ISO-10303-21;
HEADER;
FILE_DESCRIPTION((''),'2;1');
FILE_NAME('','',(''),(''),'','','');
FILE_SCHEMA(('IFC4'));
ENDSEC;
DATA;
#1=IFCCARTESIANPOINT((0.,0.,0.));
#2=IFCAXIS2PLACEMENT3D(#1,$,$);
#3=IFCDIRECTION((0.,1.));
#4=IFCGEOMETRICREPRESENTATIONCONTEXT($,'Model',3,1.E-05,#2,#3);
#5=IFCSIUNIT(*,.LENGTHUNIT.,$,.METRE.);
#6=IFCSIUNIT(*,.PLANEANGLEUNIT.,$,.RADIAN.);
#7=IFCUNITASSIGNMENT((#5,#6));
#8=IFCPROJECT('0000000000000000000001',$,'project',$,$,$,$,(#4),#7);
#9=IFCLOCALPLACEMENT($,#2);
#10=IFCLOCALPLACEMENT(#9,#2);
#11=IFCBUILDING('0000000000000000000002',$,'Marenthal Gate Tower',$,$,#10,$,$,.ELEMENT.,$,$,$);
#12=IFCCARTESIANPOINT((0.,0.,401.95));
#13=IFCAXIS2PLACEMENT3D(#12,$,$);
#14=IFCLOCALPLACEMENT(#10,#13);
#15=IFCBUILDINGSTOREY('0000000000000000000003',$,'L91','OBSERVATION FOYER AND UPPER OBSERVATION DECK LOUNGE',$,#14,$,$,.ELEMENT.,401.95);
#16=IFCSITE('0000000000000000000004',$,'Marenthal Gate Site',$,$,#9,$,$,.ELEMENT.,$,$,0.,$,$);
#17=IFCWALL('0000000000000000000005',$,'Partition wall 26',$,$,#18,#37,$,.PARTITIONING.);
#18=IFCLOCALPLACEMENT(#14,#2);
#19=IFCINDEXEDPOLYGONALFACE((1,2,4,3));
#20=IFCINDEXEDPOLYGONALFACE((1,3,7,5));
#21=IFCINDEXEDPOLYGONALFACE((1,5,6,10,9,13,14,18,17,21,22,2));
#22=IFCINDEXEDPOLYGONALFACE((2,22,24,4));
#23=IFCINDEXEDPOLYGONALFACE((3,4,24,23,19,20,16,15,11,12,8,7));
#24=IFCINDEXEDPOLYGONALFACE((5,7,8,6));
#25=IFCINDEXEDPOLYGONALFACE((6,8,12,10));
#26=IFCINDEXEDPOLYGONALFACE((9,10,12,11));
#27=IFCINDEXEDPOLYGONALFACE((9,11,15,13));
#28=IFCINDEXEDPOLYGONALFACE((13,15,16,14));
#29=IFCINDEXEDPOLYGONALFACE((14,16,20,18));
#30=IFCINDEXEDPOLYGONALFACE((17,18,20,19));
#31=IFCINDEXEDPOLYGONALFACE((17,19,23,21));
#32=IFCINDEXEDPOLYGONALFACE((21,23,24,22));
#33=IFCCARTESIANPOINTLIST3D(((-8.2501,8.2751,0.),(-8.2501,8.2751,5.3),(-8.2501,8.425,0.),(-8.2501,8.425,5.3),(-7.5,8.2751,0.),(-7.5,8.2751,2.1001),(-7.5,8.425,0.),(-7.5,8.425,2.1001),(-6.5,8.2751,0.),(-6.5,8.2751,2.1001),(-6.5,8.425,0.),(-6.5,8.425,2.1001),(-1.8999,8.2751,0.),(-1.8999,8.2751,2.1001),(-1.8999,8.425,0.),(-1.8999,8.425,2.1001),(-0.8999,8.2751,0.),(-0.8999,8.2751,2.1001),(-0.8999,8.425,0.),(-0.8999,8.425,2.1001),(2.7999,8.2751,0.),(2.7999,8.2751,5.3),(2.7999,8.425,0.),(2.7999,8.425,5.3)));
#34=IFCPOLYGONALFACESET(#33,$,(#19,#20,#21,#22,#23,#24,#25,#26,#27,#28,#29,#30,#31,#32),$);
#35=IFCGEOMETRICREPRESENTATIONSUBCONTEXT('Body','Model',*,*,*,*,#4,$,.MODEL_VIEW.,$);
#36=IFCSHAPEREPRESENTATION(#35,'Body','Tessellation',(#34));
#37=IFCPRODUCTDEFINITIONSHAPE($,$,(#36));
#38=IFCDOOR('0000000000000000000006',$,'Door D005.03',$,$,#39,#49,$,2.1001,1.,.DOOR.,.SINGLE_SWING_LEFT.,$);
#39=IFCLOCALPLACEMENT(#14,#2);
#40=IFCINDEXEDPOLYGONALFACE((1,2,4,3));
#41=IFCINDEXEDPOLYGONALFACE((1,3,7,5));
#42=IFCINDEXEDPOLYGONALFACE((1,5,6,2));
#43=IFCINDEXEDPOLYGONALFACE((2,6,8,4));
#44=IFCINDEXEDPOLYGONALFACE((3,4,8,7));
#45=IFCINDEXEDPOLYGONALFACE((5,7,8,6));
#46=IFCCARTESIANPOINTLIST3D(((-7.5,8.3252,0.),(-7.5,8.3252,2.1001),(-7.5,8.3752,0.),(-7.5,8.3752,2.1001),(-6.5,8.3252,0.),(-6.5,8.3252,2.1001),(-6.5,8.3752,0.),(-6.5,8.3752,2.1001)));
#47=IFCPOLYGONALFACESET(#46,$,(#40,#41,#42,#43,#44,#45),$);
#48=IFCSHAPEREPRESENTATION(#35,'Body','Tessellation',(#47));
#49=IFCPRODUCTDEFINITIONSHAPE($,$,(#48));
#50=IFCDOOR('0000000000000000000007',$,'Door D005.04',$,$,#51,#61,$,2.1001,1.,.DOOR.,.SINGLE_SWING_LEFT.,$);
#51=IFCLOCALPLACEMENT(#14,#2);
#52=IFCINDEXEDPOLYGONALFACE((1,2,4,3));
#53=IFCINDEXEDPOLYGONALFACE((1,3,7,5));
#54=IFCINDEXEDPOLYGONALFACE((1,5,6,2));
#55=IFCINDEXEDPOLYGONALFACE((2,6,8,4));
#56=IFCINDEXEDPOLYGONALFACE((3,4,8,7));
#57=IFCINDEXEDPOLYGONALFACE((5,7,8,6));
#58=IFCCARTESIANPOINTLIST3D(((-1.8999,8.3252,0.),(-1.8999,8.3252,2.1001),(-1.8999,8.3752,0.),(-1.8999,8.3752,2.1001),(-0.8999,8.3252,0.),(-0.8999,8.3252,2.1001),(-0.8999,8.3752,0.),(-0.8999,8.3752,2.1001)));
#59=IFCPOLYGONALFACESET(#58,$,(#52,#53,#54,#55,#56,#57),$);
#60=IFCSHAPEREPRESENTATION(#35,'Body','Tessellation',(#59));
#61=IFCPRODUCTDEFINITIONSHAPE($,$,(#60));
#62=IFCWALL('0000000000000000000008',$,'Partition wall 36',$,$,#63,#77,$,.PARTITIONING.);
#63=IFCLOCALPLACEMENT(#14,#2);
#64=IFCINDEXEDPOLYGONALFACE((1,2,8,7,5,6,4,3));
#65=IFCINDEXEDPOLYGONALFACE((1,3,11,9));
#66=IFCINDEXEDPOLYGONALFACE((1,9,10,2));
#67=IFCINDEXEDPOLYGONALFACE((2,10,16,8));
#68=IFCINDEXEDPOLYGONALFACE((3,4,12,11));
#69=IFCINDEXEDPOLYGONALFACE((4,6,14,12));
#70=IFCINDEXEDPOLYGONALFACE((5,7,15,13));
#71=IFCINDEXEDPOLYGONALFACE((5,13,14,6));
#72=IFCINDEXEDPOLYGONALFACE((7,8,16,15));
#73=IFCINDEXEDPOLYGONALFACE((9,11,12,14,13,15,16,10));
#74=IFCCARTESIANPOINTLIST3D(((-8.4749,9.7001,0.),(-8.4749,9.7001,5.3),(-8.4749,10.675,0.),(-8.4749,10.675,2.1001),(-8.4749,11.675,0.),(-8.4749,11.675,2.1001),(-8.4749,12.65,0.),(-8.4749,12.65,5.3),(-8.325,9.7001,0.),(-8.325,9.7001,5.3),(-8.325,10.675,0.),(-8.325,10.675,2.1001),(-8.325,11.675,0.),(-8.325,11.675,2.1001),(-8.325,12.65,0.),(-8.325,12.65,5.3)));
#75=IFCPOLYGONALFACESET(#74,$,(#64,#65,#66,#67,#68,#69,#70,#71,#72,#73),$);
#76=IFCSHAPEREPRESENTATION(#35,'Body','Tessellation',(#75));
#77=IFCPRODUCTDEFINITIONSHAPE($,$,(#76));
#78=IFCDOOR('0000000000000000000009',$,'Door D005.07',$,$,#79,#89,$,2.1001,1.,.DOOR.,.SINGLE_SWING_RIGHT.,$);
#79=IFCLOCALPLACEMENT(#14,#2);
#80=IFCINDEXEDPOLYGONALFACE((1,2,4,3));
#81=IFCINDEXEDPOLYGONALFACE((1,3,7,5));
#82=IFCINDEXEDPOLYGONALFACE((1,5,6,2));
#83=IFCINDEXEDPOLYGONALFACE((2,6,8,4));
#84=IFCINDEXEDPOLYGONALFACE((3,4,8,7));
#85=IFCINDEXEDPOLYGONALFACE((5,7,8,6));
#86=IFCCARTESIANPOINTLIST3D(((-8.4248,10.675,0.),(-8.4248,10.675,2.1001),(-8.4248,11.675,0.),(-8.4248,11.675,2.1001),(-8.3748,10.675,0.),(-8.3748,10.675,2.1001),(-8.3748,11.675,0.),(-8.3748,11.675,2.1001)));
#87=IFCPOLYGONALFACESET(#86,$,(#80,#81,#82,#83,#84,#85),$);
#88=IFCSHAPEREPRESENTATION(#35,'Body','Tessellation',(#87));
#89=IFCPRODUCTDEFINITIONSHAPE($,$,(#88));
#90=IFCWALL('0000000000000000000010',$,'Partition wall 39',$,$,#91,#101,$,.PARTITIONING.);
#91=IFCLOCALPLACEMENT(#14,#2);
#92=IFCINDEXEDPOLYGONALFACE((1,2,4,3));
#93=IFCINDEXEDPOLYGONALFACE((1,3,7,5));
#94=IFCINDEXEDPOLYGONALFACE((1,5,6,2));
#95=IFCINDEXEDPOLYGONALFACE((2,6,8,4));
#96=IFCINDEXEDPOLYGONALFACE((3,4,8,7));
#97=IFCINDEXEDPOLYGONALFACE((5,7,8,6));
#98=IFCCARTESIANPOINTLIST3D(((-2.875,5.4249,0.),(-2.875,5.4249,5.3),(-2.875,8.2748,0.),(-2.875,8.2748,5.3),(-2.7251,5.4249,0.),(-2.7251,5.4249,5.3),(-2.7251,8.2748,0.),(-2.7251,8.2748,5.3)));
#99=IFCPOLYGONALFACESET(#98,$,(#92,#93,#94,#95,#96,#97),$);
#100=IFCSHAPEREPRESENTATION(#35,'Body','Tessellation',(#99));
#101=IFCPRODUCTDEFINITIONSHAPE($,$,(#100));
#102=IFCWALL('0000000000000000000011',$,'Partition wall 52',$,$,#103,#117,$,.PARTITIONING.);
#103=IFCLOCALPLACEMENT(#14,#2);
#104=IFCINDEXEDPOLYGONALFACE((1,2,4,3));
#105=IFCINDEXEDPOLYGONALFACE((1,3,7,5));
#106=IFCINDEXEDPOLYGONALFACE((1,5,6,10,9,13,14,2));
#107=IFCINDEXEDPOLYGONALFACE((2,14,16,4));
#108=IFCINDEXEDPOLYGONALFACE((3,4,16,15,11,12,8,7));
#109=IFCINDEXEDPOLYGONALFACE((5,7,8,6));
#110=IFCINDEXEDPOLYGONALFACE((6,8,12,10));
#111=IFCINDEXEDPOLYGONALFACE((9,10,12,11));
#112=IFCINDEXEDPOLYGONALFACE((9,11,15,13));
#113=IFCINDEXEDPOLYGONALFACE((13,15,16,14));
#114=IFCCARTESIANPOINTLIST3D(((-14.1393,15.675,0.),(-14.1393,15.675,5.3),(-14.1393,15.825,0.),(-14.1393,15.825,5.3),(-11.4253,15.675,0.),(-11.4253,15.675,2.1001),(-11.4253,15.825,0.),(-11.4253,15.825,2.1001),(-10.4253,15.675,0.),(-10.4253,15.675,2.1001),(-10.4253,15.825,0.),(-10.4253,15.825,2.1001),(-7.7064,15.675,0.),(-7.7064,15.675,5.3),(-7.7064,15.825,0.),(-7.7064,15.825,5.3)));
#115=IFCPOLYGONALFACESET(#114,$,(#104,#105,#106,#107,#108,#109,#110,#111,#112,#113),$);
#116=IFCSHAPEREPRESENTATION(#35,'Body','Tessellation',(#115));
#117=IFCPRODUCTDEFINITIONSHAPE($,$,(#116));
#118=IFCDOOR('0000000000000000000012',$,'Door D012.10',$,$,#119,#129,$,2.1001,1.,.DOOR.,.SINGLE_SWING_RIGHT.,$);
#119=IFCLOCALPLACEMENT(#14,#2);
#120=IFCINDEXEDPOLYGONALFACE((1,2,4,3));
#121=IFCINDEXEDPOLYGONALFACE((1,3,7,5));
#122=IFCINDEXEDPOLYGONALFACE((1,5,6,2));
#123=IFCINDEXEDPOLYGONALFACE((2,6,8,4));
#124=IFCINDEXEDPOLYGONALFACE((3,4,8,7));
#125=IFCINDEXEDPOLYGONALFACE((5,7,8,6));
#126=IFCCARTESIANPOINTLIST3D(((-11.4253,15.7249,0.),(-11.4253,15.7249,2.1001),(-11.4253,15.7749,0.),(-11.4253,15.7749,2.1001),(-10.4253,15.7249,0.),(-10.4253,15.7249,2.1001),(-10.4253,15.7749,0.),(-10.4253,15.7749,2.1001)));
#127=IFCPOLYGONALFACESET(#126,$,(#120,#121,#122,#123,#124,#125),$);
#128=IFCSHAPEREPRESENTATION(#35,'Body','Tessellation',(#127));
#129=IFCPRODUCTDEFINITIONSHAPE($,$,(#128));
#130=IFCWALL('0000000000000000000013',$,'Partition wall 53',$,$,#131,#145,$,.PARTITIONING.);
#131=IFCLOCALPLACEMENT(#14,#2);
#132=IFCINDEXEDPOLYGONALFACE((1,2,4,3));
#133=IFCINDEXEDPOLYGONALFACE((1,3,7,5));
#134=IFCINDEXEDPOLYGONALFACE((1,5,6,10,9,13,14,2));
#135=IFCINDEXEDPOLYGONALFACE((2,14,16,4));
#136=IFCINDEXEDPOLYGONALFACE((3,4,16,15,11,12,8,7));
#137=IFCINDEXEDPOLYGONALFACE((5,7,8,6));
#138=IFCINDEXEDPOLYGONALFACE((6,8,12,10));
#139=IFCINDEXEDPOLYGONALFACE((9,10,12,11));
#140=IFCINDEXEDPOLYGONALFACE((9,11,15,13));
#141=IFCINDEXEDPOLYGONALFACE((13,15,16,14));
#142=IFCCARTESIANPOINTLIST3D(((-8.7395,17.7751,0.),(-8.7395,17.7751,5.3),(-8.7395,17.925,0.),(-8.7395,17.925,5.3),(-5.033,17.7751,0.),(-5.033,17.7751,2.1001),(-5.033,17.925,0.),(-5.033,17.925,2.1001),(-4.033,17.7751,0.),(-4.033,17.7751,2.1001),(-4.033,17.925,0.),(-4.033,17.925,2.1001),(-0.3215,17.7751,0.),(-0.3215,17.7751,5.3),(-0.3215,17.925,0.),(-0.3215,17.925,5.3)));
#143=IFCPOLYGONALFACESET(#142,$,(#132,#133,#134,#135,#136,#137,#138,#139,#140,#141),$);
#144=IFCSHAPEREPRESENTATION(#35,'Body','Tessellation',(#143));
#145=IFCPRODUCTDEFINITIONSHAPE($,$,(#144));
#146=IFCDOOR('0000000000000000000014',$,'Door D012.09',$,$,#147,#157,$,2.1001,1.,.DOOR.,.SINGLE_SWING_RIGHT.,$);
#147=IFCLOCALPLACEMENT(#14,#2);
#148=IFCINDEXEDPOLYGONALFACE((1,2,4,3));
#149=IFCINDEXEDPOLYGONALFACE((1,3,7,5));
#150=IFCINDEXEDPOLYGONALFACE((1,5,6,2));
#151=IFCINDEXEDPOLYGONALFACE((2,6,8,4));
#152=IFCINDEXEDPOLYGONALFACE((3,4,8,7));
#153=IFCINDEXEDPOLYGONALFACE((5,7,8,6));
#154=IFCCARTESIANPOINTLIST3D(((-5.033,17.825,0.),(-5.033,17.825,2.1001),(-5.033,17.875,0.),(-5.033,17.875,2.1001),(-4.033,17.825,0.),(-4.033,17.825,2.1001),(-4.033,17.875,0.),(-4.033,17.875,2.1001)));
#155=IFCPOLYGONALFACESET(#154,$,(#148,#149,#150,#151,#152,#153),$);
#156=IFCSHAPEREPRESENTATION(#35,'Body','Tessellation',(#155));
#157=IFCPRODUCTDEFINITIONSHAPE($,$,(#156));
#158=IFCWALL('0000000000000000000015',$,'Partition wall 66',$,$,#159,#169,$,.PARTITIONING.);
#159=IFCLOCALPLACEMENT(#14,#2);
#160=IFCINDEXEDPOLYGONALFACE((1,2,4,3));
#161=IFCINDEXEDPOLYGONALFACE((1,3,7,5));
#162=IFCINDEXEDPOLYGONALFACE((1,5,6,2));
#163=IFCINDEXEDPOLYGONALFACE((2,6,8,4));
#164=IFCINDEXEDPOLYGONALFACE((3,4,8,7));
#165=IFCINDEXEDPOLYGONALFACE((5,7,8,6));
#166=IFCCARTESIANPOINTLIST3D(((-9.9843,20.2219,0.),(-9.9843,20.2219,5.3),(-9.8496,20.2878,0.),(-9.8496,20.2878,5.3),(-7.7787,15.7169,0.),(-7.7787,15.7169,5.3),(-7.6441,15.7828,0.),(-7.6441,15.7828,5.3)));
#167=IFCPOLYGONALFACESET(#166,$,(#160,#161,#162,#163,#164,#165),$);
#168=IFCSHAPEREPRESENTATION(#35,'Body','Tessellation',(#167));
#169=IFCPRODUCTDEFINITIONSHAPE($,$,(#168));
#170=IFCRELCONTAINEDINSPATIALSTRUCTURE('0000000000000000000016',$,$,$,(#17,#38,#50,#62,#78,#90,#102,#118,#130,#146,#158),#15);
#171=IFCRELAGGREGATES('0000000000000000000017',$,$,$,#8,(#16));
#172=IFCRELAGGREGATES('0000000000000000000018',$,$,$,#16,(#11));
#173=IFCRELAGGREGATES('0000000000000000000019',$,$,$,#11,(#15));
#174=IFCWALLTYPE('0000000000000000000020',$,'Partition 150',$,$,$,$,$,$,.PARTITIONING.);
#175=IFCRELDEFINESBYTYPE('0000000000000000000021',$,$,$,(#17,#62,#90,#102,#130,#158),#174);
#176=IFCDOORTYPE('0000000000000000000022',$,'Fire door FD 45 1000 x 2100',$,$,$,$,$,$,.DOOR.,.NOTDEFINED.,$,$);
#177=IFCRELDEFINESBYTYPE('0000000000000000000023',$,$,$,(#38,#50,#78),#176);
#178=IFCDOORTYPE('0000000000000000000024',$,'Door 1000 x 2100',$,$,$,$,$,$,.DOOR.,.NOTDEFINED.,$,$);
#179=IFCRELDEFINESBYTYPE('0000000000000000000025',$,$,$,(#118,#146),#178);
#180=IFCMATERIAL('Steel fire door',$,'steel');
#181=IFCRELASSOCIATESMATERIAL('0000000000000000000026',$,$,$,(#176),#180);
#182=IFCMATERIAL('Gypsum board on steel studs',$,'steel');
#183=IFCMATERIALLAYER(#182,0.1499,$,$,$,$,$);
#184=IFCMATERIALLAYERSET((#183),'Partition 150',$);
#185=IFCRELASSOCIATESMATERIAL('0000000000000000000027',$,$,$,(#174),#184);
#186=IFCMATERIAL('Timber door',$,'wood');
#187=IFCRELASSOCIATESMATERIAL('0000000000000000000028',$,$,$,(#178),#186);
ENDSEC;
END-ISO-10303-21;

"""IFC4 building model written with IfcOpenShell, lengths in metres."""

from ifc_helpers import new_model, si_unit, direction, frame, frame_2d, origin, place, context, subcontext, project, spatial, rectangle, extrude, material, layer, layer_set, type_object, element, fill, save


model = new_model("IFC4")

# Units and contexts
model_context = context("Model", 3, precision=1e-05, world=origin(), true_north=direction((0.0, 1.0)))
body_context = subcontext(model_context, "Body", "Model", "MODEL_VIEW")
ifc_project = project(units=[si_unit("LENGTHUNIT", "METRE"), si_unit("PLANEANGLEUNIT", "RADIAN")], contexts=[model_context])

# Site, building, storey
site_placement = place(None, origin())
site = spatial("IfcSite", under=ifc_project, at=site_placement, Name="Marenthal Gate Site", CompositionType="ELEMENT", RefElevation=0.0)
building_placement = place(site_placement, origin())
building = spatial("IfcBuilding", under=site, at=building_placement, Name="Marenthal Gate Tower", CompositionType="ELEMENT")
storey_placement = place(building_placement, frame((0.0, 0.0, 401.95)))
storey = spatial("IfcBuildingStorey", under=building, at=storey_placement, Name="L91", Description="OBSERVATION FOYER AND UPPER OBSERVATION DECK LOUNGE", CompositionType="ELEMENT", Elevation=401.95)

# Shared definitions
ifc_material_1 = material(Name="Steel fire door", Category="steel")
door_type_1 = type_object("IfcDoorType", Name="Fire door FD 45 1000 x 2100", OperationType="NOTDEFINED", PredefinedType="DOOR", material=ifc_material_1)

# Shared definitions
ifc_material_2 = material(Name="Gypsum board on steel studs", Category="steel")
ifc_layer_1 = layer(ifc_material_2, 0.1499)
ifc_layer_set_1 = layer_set([ifc_layer_1], Name="Partition 150")
wall_type_1 = type_object("IfcWallType", Name="Partition 150", PredefinedType="PARTITIONING", material=ifc_layer_set_1)

# Wall, openings, doors
wall_1_placement = place(storey_placement, frame((-8.25, 8.3501, 0.0), z_axis=(0.0, 0.0, 1.0), x_axis=(1.0, 0.0, 0.0)))
wall_1 = element("IfcWall", 1, at=wall_1_placement, inside=storey, type_object=wall_type_1, Name="Partition wall 26", PredefinedType="PARTITIONING", context=body_context, shape_type="SweptSolid", body=[
    extrude(rectangle(XDim=11.05, YDim=0.1499, at=frame_2d((5.5249, 0.0))), origin(), (0.0, 0.0, 1.0), 5.3),
])
opening_1_placement = place(wall_1_placement, frame((0.75, 0.0, 0.0)))
opening_1 = element("IfcOpeningElement", 2, at=opening_1_placement, cuts=wall_1, PredefinedType="OPENING", context=body_context, shape_type="SweptSolid", body=[
    extrude(rectangle(XDim=1.0, YDim=2.1001, at=frame_2d((0.5, 1.05))), frame((0.0, 0.085, 0.0), z_axis=(0.0, -1.0, 0.0), x_axis=(1.0, 0.0, 0.0)), (0.0, 0.0, 1.0), 0.1699),
])
opening_2_placement = place(wall_1_placement, frame((6.3501, 0.0, 0.0)))
opening_2 = element("IfcOpeningElement", 3, at=opening_2_placement, cuts=wall_1, PredefinedType="OPENING", context=body_context, shape_type="SweptSolid", body=[
    extrude(rectangle(XDim=1.0, YDim=2.1001, at=frame_2d((0.5, 1.05))), frame((0.0, 0.085, 0.0), z_axis=(0.0, -1.0, 0.0), x_axis=(1.0, 0.0, 0.0)), (0.0, 0.0, 1.0), 0.1699),
])
door_1_placement = place(opening_1_placement, frame((1.0, 0.0, 0.0), z_axis=(0.0, 0.0, 1.0), x_axis=(-1.0, 0.0, 0.0)))
door_1 = element("IfcDoor", 4, at=door_1_placement, inside=storey, type_object=door_type_1, Name="Door D005.03", OperationType="SINGLE_SWING_LEFT", OverallHeight=2.1001, OverallWidth=1.0, PredefinedType="DOOR", context=body_context, shape_type="SweptSolid", body=[
    extrude(rectangle(XDim=1.0, YDim=2.1001, at=frame_2d((0.5, 1.05))), frame((0.0, 0.0249, 0.0), z_axis=(0.0, -1.0, 0.0), x_axis=(1.0, 0.0, 0.0)), (0.0, 0.0, 1.0), 0.05),
])
fill(opening_1, door_1)
door_2_placement = place(opening_2_placement, frame((1.0, 0.0, 0.0), z_axis=(0.0, 0.0, 1.0), x_axis=(-1.0, 0.0, 0.0)))
door_2 = element("IfcDoor", 5, at=door_2_placement, inside=storey, type_object=door_type_1, Name="Door D005.04", OperationType="SINGLE_SWING_LEFT", OverallHeight=2.1001, OverallWidth=1.0, PredefinedType="DOOR", context=body_context, shape_type="SweptSolid", body=[
    extrude(rectangle(XDim=1.0, YDim=2.1001, at=frame_2d((0.5, 1.05))), frame((0.0, 0.0249, 0.0), z_axis=(0.0, -1.0, 0.0), x_axis=(1.0, 0.0, 0.0)), (0.0, 0.0, 1.0), 0.05),
])
fill(opening_2, door_2)

# Wall, opening, door
wall_2_placement = place(storey_placement, frame((-8.3999, 9.7, 0.0), z_axis=(0.0, 0.0, 1.0), x_axis=(0.0, 1.0, 0.0)))
wall_2 = element("IfcWall", 6, at=wall_2_placement, inside=storey, type_object=wall_type_1, Name="Partition wall 36", PredefinedType="PARTITIONING", context=body_context, shape_type="SweptSolid", body=[
    extrude(rectangle(XDim=2.95, YDim=0.1499, at=frame_2d((1.4751, 0.0))), origin(), (0.0, 0.0, 1.0), 5.3),
])
opening_3_placement = place(wall_2_placement, frame((0.9751, 0.0, 0.0)))
opening_3 = element("IfcOpeningElement", 7, at=opening_3_placement, cuts=wall_2, PredefinedType="OPENING", context=body_context, shape_type="SweptSolid", body=[
    extrude(rectangle(XDim=1.0, YDim=2.1001, at=frame_2d((0.5, 1.05))), frame((0.0, 0.085, 0.0), z_axis=(0.0, -1.0, 0.0), x_axis=(1.0, 0.0, 0.0)), (0.0, 0.0, 1.0), 0.1699),
])
door_3_placement = place(opening_3_placement, origin())
door_3 = element("IfcDoor", 8, at=door_3_placement, inside=storey, type_object=door_type_1, Name="Door D005.07", OperationType="SINGLE_SWING_RIGHT", OverallHeight=2.1001, OverallWidth=1.0, PredefinedType="DOOR", context=body_context, shape_type="SweptSolid", body=[
    extrude(rectangle(XDim=1.0, YDim=2.1001, at=frame_2d((0.5, 1.05))), frame((0.0, 0.0249, 0.0), z_axis=(0.0, -1.0, 0.0), x_axis=(1.0, 0.0, 0.0)), (0.0, 0.0, 1.0), 0.05),
])
fill(opening_3, door_3)

# Wall
wall_3_placement = place(storey_placement, frame((-2.8, 5.425, 0.0), z_axis=(0.0, 0.0, 1.0), x_axis=(0.0, 1.0, 0.0)))
element("IfcWall", 9, at=wall_3_placement, inside=storey, type_object=wall_type_1, Name="Partition wall 39", PredefinedType="PARTITIONING", context=body_context, shape_type="SweptSolid", body=[
    extrude(rectangle(XDim=2.8499, YDim=0.1499, at=frame_2d((1.4248, 0.0))), origin(), (0.0, 0.0, 1.0), 5.3),
])

# Walls, openings, doors
wall_4_placement = place(storey_placement, frame((-14.1392, 15.75, 0.0), z_axis=(0.0, 0.0, 1.0), x_axis=(1.0, 0.0, 0.0)))
wall_4 = element("IfcWall", 10, at=wall_4_placement, inside=storey, type_object=wall_type_1, Name="Partition wall 52", PredefinedType="PARTITIONING", context=body_context, shape_type="SweptSolid", body=[
    extrude(rectangle(XDim=6.4329, YDim=0.1499, at=frame_2d((3.2163, 0.0))), origin(), (0.0, 0.0, 1.0), 5.3),
])
opening_4_placement = place(wall_4_placement, frame((2.7139, 0.0, 0.0)))
opening_4 = element("IfcOpeningElement", 11, at=opening_4_placement, cuts=wall_4, PredefinedType="OPENING", context=body_context, shape_type="SweptSolid", body=[
    extrude(rectangle(XDim=1.0, YDim=2.1001, at=frame_2d((0.5, 1.05))), frame((0.0, 0.085, 0.0), z_axis=(0.0, -1.0, 0.0), x_axis=(1.0, 0.0, 0.0)), (0.0, 0.0, 1.0), 0.1699),
])
ifc_material_3 = material(Name="Timber door", Category="wood")
door_type_2 = type_object("IfcDoorType", Name="Door 1000 x 2100", OperationType="NOTDEFINED", PredefinedType="DOOR", material=ifc_material_3)
door_4_placement = place(opening_4_placement, origin())
door_4 = element("IfcDoor", 12, at=door_4_placement, inside=storey, type_object=door_type_2, Name="Door D012.10", OperationType="SINGLE_SWING_RIGHT", OverallHeight=2.1001, OverallWidth=1.0, PredefinedType="DOOR", context=body_context, shape_type="SweptSolid", body=[
    extrude(rectangle(XDim=1.0, YDim=2.1001, at=frame_2d((0.5, 1.05))), frame((0.0, 0.0249, 0.0), z_axis=(0.0, -1.0, 0.0), x_axis=(1.0, 0.0, 0.0)), (0.0, 0.0, 1.0), 0.05),
])
fill(opening_4, door_4)
wall_5_placement = place(storey_placement, frame((-8.7395, 17.8501, 0.0), z_axis=(0.0, 0.0, 1.0), x_axis=(1.0, 0.0, 0.0)))
wall_5 = element("IfcWall", 13, at=wall_5_placement, inside=storey, type_object=wall_type_1, Name="Partition wall 53", PredefinedType="PARTITIONING", context=body_context, shape_type="SweptSolid", body=[
    extrude(rectangle(XDim=8.418, YDim=0.1499, at=frame_2d((4.209, 0.0))), origin(), (0.0, 0.0, 1.0), 5.3),
])
opening_5_placement = place(wall_5_placement, frame((3.7065, 0.0, 0.0)))
opening_5 = element("IfcOpeningElement", 14, at=opening_5_placement, cuts=wall_5, PredefinedType="OPENING", context=body_context, shape_type="SweptSolid", body=[
    extrude(rectangle(XDim=1.0, YDim=2.1001, at=frame_2d((0.5, 1.05))), frame((0.0, 0.085, 0.0), z_axis=(0.0, -1.0, 0.0), x_axis=(1.0, 0.0, 0.0)), (0.0, 0.0, 1.0), 0.1699),
])
door_5_placement = place(opening_5_placement, origin())
door_5 = element("IfcDoor", 15, at=door_5_placement, inside=storey, type_object=door_type_2, Name="Door D012.09", OperationType="SINGLE_SWING_RIGHT", OverallHeight=2.1001, OverallWidth=1.0, PredefinedType="DOOR", context=body_context, shape_type="SweptSolid", body=[
    extrude(rectangle(XDim=1.0, YDim=2.1001, at=frame_2d((0.5, 1.05))), frame((0.0, 0.0249, 0.0), z_axis=(0.0, -1.0, 0.0), x_axis=(1.0, 0.0, 0.0)), (0.0, 0.0, 1.0), 0.05),
])
fill(opening_5, door_5)

# Wall
wall_6_placement = place(storey_placement, frame((-7.7114, 15.75, 0.0), z_axis=(0.0, 0.0, 1.0), x_axis=(-0.439722, 0.898134, 0.0)))
element("IfcWall", 16, at=wall_6_placement, inside=storey, type_object=wall_type_1, Name="Partition wall 66", PredefinedType="PARTITIONING", context=body_context, shape_type="SweptSolid", body=[
    extrude(rectangle(XDim=5.0159, YDim=0.1499, at=frame_2d((2.5078, 0.0))), origin(), (0.0, 0.0, 1.0), 5.3),
])

save(model, "model.ifc")
